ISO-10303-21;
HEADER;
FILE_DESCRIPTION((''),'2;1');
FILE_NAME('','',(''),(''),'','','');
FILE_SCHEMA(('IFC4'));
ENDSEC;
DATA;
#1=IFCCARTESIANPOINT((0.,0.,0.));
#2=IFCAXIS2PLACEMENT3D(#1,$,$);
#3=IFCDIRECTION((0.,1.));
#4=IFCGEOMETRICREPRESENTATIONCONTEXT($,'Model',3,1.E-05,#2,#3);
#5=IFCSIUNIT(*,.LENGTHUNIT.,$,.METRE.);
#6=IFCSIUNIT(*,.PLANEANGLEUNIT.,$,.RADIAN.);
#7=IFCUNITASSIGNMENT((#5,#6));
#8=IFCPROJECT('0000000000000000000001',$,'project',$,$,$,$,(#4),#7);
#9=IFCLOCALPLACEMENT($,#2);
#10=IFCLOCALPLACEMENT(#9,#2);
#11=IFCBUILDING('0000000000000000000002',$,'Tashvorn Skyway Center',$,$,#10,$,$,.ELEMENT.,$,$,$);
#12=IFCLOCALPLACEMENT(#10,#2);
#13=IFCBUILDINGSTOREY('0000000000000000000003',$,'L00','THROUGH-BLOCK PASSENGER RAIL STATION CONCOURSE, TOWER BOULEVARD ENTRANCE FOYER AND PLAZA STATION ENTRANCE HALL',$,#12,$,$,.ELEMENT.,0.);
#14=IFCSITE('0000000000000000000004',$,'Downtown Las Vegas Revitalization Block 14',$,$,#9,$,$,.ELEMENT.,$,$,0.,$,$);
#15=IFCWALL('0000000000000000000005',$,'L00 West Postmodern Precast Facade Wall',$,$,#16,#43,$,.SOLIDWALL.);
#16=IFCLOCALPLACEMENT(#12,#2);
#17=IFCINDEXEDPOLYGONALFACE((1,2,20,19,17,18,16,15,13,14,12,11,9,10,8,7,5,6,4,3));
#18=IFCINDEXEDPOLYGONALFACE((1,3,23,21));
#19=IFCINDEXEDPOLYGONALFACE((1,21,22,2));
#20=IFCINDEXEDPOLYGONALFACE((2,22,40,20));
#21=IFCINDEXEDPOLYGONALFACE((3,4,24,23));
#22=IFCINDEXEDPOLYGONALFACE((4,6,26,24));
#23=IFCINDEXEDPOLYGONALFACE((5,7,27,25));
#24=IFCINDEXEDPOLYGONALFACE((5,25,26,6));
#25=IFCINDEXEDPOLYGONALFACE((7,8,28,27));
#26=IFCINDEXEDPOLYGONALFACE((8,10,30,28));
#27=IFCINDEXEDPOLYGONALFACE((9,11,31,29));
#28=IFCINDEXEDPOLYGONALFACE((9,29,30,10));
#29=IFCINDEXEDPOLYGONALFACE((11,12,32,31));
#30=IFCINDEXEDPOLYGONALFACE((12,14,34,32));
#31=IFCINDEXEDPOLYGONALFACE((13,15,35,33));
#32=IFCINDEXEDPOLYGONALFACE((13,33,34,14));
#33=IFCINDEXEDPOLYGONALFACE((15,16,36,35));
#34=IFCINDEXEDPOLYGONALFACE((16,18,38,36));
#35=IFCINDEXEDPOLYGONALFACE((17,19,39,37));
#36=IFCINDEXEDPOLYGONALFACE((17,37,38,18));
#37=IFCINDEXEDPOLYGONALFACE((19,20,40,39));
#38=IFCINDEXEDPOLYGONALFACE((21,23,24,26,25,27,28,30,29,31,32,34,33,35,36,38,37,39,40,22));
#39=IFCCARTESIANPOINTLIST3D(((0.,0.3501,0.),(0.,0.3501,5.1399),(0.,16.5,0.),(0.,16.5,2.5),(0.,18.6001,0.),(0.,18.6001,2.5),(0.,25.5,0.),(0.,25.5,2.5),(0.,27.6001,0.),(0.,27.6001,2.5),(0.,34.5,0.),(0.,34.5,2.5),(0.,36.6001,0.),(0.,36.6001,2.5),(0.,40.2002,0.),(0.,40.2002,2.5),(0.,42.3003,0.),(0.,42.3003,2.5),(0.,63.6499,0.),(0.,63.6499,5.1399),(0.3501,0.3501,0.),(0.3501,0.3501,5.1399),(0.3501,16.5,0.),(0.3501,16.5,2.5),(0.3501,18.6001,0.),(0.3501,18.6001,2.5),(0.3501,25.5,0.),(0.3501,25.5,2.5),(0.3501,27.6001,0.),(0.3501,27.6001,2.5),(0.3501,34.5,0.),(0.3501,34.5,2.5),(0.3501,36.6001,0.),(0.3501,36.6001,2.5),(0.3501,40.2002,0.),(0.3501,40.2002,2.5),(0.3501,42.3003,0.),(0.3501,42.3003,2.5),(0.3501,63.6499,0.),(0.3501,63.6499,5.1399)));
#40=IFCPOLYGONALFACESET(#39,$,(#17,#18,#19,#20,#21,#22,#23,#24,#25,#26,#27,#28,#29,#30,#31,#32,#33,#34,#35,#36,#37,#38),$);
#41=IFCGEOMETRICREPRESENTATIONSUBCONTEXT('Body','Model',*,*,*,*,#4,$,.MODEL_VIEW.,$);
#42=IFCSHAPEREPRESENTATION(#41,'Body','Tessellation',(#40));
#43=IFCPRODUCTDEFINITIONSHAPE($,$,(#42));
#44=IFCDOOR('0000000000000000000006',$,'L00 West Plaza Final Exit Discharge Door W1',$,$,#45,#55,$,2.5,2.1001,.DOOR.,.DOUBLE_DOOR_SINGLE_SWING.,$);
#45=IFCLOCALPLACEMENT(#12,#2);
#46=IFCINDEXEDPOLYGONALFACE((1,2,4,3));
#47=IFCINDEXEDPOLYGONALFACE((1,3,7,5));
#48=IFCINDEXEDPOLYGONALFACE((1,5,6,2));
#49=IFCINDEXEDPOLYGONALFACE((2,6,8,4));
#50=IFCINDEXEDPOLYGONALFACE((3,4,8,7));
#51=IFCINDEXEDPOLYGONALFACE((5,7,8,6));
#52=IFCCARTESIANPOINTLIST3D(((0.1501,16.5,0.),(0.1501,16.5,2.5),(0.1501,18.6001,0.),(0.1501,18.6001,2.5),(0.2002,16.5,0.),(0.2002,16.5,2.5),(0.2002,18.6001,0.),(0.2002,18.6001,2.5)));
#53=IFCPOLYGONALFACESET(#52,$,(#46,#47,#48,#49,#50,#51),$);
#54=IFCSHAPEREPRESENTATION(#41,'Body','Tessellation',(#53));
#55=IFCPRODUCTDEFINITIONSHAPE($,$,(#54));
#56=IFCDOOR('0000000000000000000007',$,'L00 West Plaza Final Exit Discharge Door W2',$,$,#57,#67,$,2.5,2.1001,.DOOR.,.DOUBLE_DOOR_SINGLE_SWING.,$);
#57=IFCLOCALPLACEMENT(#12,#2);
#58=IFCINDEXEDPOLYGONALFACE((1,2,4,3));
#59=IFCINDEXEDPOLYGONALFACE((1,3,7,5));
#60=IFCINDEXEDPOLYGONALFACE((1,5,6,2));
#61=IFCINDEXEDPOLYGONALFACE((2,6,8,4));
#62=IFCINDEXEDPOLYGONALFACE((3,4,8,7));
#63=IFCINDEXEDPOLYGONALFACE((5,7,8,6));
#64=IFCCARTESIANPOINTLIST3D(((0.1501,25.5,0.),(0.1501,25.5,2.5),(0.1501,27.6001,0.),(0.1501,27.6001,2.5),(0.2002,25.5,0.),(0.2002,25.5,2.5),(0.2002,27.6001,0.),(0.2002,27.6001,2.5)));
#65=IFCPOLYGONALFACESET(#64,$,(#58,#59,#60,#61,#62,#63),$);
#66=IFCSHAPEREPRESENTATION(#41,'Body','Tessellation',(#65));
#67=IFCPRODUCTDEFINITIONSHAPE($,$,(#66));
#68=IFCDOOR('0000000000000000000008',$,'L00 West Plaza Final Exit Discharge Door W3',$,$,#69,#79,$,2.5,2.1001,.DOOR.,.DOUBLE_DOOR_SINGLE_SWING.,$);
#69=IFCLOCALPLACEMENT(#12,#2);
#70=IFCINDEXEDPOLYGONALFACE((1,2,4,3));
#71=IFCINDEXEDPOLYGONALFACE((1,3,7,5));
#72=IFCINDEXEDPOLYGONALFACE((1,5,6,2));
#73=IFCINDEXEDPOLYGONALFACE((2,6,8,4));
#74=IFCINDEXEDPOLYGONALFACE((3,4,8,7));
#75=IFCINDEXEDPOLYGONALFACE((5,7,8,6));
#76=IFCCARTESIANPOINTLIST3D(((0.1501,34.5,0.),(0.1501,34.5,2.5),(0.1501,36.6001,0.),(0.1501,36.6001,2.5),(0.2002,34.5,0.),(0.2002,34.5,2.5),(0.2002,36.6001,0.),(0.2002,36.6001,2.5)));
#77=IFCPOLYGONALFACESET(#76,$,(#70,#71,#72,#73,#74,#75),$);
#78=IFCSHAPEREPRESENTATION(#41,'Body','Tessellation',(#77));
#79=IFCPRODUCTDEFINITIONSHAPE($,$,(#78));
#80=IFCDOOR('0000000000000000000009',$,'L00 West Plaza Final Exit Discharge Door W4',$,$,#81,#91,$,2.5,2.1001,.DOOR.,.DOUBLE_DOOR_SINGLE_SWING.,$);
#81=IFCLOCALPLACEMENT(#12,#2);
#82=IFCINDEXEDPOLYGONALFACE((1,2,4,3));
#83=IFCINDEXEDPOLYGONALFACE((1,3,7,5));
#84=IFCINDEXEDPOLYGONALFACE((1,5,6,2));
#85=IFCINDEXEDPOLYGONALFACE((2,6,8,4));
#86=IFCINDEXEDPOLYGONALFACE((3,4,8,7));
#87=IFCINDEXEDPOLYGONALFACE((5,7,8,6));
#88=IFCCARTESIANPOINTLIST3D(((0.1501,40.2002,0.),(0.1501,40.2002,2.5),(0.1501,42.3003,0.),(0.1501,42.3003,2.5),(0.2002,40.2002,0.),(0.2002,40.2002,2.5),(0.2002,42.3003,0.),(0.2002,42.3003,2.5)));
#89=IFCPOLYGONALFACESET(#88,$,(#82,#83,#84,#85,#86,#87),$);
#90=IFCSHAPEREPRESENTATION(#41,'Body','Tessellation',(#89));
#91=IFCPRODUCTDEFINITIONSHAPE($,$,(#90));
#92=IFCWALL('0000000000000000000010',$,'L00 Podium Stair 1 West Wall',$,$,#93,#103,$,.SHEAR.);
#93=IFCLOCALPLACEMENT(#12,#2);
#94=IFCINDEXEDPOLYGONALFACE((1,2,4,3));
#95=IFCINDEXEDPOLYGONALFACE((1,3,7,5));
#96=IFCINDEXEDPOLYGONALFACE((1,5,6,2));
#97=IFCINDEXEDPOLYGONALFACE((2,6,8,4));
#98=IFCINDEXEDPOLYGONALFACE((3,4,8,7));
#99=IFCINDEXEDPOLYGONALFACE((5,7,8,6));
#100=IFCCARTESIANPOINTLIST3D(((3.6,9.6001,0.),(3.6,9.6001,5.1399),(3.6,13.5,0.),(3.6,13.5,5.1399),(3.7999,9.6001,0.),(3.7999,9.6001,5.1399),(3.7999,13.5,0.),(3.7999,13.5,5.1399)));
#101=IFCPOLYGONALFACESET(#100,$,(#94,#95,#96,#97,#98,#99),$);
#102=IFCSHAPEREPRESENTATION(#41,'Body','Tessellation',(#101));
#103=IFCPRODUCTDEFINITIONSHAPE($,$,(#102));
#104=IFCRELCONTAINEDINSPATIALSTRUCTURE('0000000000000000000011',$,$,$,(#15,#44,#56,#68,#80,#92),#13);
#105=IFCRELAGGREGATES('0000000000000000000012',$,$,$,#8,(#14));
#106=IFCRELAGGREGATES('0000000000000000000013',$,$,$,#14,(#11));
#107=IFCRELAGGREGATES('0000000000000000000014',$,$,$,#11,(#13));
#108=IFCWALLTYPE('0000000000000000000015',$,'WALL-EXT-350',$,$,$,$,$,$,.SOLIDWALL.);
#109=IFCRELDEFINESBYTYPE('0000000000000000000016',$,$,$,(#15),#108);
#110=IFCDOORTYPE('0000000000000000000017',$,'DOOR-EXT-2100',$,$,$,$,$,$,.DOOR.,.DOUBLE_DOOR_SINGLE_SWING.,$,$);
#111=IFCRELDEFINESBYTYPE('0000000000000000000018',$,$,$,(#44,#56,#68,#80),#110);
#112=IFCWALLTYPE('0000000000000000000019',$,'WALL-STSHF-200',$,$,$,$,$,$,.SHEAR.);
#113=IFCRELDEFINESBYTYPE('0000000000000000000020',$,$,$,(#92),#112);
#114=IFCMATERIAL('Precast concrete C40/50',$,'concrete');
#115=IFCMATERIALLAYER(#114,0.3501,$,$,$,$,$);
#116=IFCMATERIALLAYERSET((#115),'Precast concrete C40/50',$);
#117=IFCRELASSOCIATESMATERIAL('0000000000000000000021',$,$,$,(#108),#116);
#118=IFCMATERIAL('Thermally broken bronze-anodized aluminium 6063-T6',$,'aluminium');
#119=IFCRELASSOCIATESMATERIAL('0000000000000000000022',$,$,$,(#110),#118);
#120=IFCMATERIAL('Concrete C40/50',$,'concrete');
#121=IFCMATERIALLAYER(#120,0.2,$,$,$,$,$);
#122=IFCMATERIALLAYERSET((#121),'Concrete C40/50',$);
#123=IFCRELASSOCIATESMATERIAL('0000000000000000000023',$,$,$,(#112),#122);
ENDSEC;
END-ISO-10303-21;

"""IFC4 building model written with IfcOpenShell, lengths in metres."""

from ifc_helpers import new_model, si_unit, direction, frame, frame_2d, origin, place, context, subcontext, project, spatial, rectangle, extrude, material, layer, layer_set, type_object, element, fill, save


model = new_model("IFC4")

# Units and contexts
model_context = context("Model", 3, precision=1e-05, world=origin(), true_north=direction((0.0, 1.0)))
body_context = subcontext(model_context, "Body", "Model", "MODEL_VIEW")
ifc_project = project(units=[si_unit("LENGTHUNIT", "METRE"), si_unit("PLANEANGLEUNIT", "RADIAN")], contexts=[model_context])

# Site, building, storey
site_placement = place(None, origin())
site = spatial("IfcSite", under=ifc_project, at=site_placement, Name="Downtown Las Vegas Revitalization Block 14", CompositionType="ELEMENT", RefElevation=0.0)
building_placement = place(site_placement, origin())
building = spatial("IfcBuilding", under=site, at=building_placement, Name="Tashvorn Skyway Center", CompositionType="ELEMENT")
storey_placement = place(building_placement, origin())
storey = spatial("IfcBuildingStorey", under=building, at=storey_placement, Name="L00", Description="THROUGH-BLOCK PASSENGER RAIL STATION CONCOURSE, TOWER BOULEVARD ENTRANCE FOYER AND PLAZA STATION ENTRANCE HALL", CompositionType="ELEMENT", Elevation=0.0)

# Shared definitions
ifc_material_1 = material(Name="Precast concrete C40/50", Category="concrete")

# Shared definitions
ifc_material_2 = material(Name="Concrete C40/50", Category="concrete")

# Wall, openings, doors
ifc_layer_1 = layer(ifc_material_1, 0.3501)
ifc_layer_set_1 = layer_set([ifc_layer_1], Name="Precast concrete C40/50")
wall_type_1 = type_object("IfcWallType", Name="WALL-EXT-350", PredefinedType="SOLIDWALL", material=ifc_layer_set_1)
wall_1_placement = place(storey_placement, frame((0.175, 0.3501, 0.0), z_axis=(0.0, 0.0, 1.0), x_axis=(0.0, 1.0, 0.0)))
wall_1 = element("IfcWall", 1, at=wall_1_placement, inside=storey, type_object=wall_type_1, Name="L00 West Postmodern Precast Facade Wall", PredefinedType="SOLIDWALL", context=body_context, shape_type="SweptSolid", body=[
    extrude(rectangle(XDim=63.2998, YDim=0.3501, at=frame_2d((31.6499, 0.0))), origin(), (0.0, 0.0, 1.0), 5.1399),
])
opening_1_placement = place(wall_1_placement, frame((16.1499, 0.0, 0.0)))
opening_1 = element("IfcOpeningElement", 2, at=opening_1_placement, cuts=wall_1, PredefinedType="OPENING", context=body_context, shape_type="SweptSolid", body=[
    extrude(rectangle(XDim=2.1001, YDim=2.5, at=frame_2d((1.05, 1.25))), frame((0.0, 0.1851, 0.0), z_axis=(0.0, -1.0, 0.0), x_axis=(1.0, 0.0, 0.0)), (0.0, 0.0, 1.0), 0.3701),
])
opening_2_placement = place(wall_1_placement, frame((25.1499, 0.0, 0.0)))
opening_2 = element("IfcOpeningElement", 3, at=opening_2_placement, cuts=wall_1, PredefinedType="OPENING", context=body_context, shape_type="SweptSolid", body=[
    extrude(rectangle(XDim=2.1001, YDim=2.5, at=frame_2d((1.05, 1.25))), frame((0.0, 0.1851, 0.0), z_axis=(0.0, -1.0, 0.0), x_axis=(1.0, 0.0, 0.0)), (0.0, 0.0, 1.0), 0.3701),
])
opening_3_placement = place(wall_1_placement, frame((34.1499, 0.0, 0.0)))
opening_3 = element("IfcOpeningElement", 4, at=opening_3_placement, cuts=wall_1, PredefinedType="OPENING", context=body_context, shape_type="SweptSolid", body=[
    extrude(rectangle(XDim=2.1001, YDim=2.5, at=frame_2d((1.05, 1.25))), frame((0.0, 0.1851, 0.0), z_axis=(0.0, -1.0, 0.0), x_axis=(1.0, 0.0, 0.0)), (0.0, 0.0, 1.0), 0.3701),
])
opening_4_placement = place(wall_1_placement, frame((39.8501, 0.0, 0.0)))
opening_4 = element("IfcOpeningElement", 5, at=opening_4_placement, cuts=wall_1, PredefinedType="OPENING", context=body_context, shape_type="SweptSolid", body=[
    extrude(rectangle(XDim=2.1001, YDim=2.5, at=frame_2d((1.05, 1.25))), frame((0.0, 0.1851, 0.0), z_axis=(0.0, -1.0, 0.0), x_axis=(1.0, 0.0, 0.0)), (0.0, 0.0, 1.0), 0.3701),
])
ifc_material_3 = material(Name="Thermally broken bronze-anodized aluminium 6063-T6", Category="aluminium")
door_type = type_object("IfcDoorType", Name="DOOR-EXT-2100", OperationType="DOUBLE_DOOR_SINGLE_SWING", PredefinedType="DOOR", material=ifc_material_3)
door_1_placement = place(opening_1_placement, origin())
door_1 = element("IfcDoor", 6, at=door_1_placement, inside=storey, type_object=door_type, Name="L00 West Plaza Final Exit Discharge Door W1", OperationType="DOUBLE_DOOR_SINGLE_SWING", OverallHeight=2.5, OverallWidth=2.1001, PredefinedType="DOOR", context=body_context, shape_type="SweptSolid", body=[
    extrude(rectangle(XDim=2.1001, YDim=2.5, at=frame_2d((1.05, 1.25))), frame((0.0, 0.0249, 0.0), z_axis=(0.0, -1.0, 0.0), x_axis=(1.0, 0.0, 0.0)), (0.0, 0.0, 1.0), 0.05),
])
fill(opening_1, door_1)
door_2_placement = place(opening_2_placement, origin())
door_2 = element("IfcDoor", 7, at=door_2_placement, inside=storey, type_object=door_type, Name="L00 West Plaza Final Exit Discharge Door W2", OperationType="DOUBLE_DOOR_SINGLE_SWING", OverallHeight=2.5, OverallWidth=2.1001, PredefinedType="DOOR", context=body_context, shape_type="SweptSolid", body=[
    extrude(rectangle(XDim=2.1001, YDim=2.5, at=frame_2d((1.05, 1.25))), frame((0.0, 0.0249, 0.0), z_axis=(0.0, -1.0, 0.0), x_axis=(1.0, 0.0, 0.0)), (0.0, 0.0, 1.0), 0.05),
])
fill(opening_2, door_2)
door_3_placement = place(opening_3_placement, origin())
door_3 = element("IfcDoor", 8, at=door_3_placement, inside=storey, type_object=door_type, Name="L00 West Plaza Final Exit Discharge Door W3", OperationType="DOUBLE_DOOR_SINGLE_SWING", OverallHeight=2.5, OverallWidth=2.1001, PredefinedType="DOOR", context=body_context, shape_type="SweptSolid", body=[
    extrude(rectangle(XDim=2.1001, YDim=2.5, at=frame_2d((1.05, 1.25))), frame((0.0, 0.0249, 0.0), z_axis=(0.0, -1.0, 0.0), x_axis=(1.0, 0.0, 0.0)), (0.0, 0.0, 1.0), 0.05),
])
fill(opening_3, door_3)
door_4_placement = place(opening_4_placement, origin())
door_4 = element("IfcDoor", 9, at=door_4_placement, inside=storey, type_object=door_type, Name="L00 West Plaza Final Exit Discharge Door W4", OperationType="DOUBLE_DOOR_SINGLE_SWING", OverallHeight=2.5, OverallWidth=2.1001, PredefinedType="DOOR", context=body_context, shape_type="SweptSolid", body=[
    extrude(rectangle(XDim=2.1001, YDim=2.5, at=frame_2d((1.05, 1.25))), frame((0.0, 0.0249, 0.0), z_axis=(0.0, -1.0, 0.0), x_axis=(1.0, 0.0, 0.0)), (0.0, 0.0, 1.0), 0.05),
])
fill(opening_4, door_4)

# Wall
ifc_layer_2 = layer(ifc_material_2, 0.2)
ifc_layer_set_2 = layer_set([ifc_layer_2], Name="Concrete C40/50")
wall_type_2 = type_object("IfcWallType", Name="WALL-STSHF-200", PredefinedType="SHEAR", material=ifc_layer_set_2)
wall_2_placement = place(storey_placement, frame((3.7, 9.6001, 0.0), z_axis=(0.0, 0.0, 1.0), x_axis=(0.0, 1.0, 0.0)))
element("IfcWall", 10, at=wall_2_placement, inside=storey, type_object=wall_type_2, Name="L00 Podium Stair 1 West Wall", PredefinedType="SHEAR", context=body_context, shape_type="SweptSolid", body=[
    extrude(rectangle(XDim=3.8999, YDim=0.2, at=frame_2d((1.95, 0.0))), origin(), (0.0, 0.0, 1.0), 5.1399),
])

save(model, "model.ifc")
